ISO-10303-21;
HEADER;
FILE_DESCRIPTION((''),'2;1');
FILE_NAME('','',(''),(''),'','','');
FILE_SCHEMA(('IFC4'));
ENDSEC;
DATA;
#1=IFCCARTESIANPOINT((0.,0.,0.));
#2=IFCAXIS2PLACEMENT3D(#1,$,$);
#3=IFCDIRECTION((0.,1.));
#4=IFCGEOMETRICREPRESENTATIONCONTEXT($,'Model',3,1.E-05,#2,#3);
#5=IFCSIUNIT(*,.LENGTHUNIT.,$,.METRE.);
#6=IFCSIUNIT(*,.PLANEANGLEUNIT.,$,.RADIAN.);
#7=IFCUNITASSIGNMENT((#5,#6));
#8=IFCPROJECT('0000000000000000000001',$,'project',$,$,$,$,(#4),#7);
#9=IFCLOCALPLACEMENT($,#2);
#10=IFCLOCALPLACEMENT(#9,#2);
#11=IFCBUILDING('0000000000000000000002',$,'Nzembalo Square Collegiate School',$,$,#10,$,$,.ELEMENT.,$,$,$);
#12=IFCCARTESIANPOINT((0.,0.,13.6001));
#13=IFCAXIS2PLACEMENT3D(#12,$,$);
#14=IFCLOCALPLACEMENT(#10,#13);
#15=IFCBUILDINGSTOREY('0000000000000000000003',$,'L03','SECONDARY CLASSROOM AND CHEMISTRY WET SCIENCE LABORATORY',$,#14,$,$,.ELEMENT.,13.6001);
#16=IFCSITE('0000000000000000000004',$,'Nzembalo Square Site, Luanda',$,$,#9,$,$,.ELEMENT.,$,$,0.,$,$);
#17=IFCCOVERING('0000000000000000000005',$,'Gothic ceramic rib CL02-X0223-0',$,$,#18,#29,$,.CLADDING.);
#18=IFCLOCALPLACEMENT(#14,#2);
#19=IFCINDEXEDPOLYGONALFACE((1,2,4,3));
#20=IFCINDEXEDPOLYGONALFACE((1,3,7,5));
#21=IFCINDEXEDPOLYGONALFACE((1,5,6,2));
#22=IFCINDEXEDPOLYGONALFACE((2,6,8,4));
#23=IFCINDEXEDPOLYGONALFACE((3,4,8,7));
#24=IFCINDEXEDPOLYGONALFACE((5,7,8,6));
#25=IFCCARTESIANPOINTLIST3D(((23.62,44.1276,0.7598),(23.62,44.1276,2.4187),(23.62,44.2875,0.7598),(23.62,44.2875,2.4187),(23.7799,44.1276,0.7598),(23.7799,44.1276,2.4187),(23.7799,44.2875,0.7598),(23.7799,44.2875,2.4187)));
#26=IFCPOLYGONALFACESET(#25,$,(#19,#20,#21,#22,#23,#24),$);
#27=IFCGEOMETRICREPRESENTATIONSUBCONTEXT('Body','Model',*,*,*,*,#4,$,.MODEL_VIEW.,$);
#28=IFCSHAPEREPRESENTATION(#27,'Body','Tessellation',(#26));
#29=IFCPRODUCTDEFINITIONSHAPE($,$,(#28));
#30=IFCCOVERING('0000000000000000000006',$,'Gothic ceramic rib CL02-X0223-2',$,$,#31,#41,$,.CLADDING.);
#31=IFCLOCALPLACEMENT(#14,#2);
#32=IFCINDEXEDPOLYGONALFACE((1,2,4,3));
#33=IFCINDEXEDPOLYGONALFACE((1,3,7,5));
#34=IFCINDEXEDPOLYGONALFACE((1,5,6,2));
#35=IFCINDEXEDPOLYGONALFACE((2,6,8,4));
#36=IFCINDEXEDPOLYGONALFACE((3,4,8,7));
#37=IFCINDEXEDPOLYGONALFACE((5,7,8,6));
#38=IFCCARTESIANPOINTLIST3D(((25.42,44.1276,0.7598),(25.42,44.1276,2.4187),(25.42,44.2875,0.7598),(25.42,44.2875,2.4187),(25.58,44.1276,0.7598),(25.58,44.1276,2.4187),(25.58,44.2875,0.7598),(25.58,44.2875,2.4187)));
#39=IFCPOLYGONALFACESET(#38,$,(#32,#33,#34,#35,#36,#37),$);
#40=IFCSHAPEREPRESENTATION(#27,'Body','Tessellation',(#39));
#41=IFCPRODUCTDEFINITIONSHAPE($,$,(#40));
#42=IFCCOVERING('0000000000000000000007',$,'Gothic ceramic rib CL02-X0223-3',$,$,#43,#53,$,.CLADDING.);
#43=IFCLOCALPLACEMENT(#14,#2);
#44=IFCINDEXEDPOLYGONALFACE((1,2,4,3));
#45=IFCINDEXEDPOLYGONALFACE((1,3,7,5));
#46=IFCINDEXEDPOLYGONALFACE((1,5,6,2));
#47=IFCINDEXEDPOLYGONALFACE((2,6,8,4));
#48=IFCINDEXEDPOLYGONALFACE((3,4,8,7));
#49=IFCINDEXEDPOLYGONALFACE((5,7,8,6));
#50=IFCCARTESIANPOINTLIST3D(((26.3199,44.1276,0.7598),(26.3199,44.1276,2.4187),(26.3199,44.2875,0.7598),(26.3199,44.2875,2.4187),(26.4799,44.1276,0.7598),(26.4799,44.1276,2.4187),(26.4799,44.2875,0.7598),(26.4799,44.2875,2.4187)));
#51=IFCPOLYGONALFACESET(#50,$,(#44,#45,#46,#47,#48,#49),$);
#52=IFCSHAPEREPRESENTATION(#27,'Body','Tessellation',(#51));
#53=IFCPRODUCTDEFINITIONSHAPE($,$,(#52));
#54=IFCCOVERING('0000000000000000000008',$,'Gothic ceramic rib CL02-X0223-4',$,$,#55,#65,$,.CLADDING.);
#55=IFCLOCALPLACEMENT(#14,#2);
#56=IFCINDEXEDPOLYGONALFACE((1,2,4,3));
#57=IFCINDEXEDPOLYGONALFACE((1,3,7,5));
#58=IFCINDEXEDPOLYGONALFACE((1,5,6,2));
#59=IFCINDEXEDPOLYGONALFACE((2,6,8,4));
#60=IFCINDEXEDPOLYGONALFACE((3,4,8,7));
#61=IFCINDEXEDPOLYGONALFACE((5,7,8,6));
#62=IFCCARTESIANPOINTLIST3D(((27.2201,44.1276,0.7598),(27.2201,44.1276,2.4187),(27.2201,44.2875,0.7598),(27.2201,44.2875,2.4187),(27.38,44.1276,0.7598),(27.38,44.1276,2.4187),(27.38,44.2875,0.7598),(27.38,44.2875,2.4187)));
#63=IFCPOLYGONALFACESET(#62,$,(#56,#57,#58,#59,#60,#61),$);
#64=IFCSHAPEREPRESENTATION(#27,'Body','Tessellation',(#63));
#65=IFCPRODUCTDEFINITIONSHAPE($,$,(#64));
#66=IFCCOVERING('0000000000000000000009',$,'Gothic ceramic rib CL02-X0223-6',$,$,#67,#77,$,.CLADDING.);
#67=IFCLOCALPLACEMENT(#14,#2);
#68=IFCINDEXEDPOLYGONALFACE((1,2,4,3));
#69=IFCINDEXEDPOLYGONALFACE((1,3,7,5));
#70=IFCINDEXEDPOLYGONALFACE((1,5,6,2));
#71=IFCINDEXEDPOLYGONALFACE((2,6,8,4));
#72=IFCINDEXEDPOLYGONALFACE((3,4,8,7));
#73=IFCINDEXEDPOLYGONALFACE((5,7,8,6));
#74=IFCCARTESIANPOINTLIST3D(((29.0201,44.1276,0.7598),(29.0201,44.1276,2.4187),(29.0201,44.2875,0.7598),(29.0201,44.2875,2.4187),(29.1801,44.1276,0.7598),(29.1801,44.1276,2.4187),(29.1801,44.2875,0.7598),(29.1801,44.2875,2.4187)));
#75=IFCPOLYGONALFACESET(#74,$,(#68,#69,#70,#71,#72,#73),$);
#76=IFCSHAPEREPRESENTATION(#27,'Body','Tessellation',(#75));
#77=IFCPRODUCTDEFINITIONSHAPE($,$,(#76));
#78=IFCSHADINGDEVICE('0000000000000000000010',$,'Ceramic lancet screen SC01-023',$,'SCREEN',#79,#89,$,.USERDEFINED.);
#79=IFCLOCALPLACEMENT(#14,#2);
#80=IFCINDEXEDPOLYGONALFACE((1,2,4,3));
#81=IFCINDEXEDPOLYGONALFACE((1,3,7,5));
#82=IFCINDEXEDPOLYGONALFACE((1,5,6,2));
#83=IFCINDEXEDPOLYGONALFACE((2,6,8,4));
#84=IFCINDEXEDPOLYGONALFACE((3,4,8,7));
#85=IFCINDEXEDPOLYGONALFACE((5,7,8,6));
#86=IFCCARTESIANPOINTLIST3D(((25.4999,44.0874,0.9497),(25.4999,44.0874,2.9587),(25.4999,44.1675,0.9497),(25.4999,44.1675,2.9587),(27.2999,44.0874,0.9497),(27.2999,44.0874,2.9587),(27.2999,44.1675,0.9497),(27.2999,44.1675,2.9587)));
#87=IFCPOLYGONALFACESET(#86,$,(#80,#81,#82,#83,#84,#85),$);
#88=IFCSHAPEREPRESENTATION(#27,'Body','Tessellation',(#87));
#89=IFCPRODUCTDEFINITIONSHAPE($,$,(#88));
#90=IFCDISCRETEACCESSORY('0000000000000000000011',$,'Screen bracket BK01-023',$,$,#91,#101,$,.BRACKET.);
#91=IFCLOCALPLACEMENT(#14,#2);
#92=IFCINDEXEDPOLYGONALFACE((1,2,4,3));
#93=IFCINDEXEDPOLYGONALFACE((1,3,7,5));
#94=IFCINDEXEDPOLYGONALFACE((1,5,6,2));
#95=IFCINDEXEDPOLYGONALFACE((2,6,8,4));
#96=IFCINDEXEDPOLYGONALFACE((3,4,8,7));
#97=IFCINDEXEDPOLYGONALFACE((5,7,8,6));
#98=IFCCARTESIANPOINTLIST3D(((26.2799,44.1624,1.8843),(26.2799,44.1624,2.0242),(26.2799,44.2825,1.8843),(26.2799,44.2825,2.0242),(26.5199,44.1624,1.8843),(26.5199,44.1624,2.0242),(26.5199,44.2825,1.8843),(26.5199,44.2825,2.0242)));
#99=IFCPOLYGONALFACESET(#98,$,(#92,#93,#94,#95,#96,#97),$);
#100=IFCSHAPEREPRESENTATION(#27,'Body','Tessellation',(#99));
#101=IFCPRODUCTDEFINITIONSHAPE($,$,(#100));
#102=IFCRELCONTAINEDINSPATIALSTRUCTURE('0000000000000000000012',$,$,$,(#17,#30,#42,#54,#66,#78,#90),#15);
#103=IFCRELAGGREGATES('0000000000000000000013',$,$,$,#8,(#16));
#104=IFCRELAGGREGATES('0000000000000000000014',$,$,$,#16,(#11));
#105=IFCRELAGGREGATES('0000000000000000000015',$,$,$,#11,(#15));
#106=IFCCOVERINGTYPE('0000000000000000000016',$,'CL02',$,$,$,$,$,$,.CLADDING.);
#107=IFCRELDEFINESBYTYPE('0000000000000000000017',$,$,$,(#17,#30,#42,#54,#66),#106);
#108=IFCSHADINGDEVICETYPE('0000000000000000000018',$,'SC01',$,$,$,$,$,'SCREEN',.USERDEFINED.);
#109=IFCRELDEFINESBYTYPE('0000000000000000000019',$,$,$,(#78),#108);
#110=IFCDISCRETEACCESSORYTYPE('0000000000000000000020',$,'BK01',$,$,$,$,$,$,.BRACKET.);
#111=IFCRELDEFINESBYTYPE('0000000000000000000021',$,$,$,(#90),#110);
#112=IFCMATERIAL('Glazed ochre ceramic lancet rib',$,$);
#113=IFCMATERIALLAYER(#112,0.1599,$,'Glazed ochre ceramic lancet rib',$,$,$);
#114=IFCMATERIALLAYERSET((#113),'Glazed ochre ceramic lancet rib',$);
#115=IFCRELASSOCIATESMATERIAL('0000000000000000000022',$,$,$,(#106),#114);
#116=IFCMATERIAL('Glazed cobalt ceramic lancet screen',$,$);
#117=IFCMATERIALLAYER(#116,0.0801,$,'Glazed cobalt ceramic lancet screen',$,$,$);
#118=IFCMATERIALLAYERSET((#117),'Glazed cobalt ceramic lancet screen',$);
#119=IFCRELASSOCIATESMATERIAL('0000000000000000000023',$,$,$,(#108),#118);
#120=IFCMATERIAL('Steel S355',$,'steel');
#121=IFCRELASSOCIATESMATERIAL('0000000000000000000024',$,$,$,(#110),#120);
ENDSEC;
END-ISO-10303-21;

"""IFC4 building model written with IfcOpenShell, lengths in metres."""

from ifc_helpers import new_model, si_unit, direction, frame, origin, origin_2d, place, context, subcontext, project, spatial, rectangle, extrude, material, layer, layer_set, type_object, element, save


model = new_model("IFC4")

# Units and contexts
model_context = context("Model", 3, precision=1e-05, world=origin(), true_north=direction((0.0, 1.0)))
body_context = subcontext(model_context, "Body", "Model", "MODEL_VIEW")
ifc_project = project(units=[si_unit("LENGTHUNIT", "METRE"), si_unit("PLANEANGLEUNIT", "RADIAN")], contexts=[model_context])

# Site, building, storey
site_placement = place(None, origin())
site = spatial("IfcSite", under=ifc_project, at=site_placement, Name="Nzembalo Square Site, Luanda", CompositionType="ELEMENT", RefElevation=0.0)
building_placement = place(site_placement, origin())
building = spatial("IfcBuilding", under=site, at=building_placement, Name="Nzembalo Square Collegiate School", CompositionType="ELEMENT")
storey_placement = place(building_placement, frame((0.0, 0.0, 13.6001)))
storey = spatial("IfcBuildingStorey", under=building, at=storey_placement, Name="L03", Description="SECONDARY CLASSROOM AND CHEMISTRY WET SCIENCE LABORATORY", CompositionType="ELEMENT", Elevation=13.6001)

# Coverings
ifc_material_1 = material(Name="Glazed ochre ceramic lancet rib")
ifc_layer_1 = layer(ifc_material_1, 0.1599, Name="Glazed ochre ceramic lancet rib")
ifc_layer_set_1 = layer_set([ifc_layer_1], Name="Glazed ochre ceramic lancet rib")
covering_type_1 = type_object("IfcCoveringType", Name="CL02", PredefinedType="CLADDING", material=ifc_layer_set_1)
for number, where, z_axis, x_axis, name in (
    (1, (23.7, 44.2075, 0.7598), (0.0, 0.0, 1.0), (1.0, 0.0, 0.0), "Gothic ceramic rib CL02-X0223-0"),
    (2, (25.5, 44.2075, 0.7598), (0.0, 0.0, 1.0), (1.0, 0.0, 0.0), "Gothic ceramic rib CL02-X0223-2"),
    (3, (26.3999, 44.2075, 0.7598), (0.0, 0.0, 1.0), (1.0, 0.0, 0.0), "Gothic ceramic rib CL02-X0223-3"),
    (4, (27.3, 44.2075, 0.7598), (0.0, 0.0, 1.0), (1.0, 0.0, 0.0), "Gothic ceramic rib CL02-X0223-4"),
    (5, (29.1001, 44.2075, 0.7598), (0.0, 0.0, 1.0), (1.0, 0.0, 0.0), "Gothic ceramic rib CL02-X0223-6"),
):
    element("IfcCovering", number, at=place(storey_placement, frame(where, z_axis=z_axis, x_axis=x_axis)), inside=storey, type_object=covering_type_1, Name=name, PredefinedType="CLADDING", context=body_context, shape_type="SweptSolid", body=[
        extrude(rectangle(XDim=0.1599, YDim=0.1599, at=origin_2d()), origin(), (0.0, 0.0, 1.0), 1.6589),
    ])

# Shading device
ifc_material_2 = material(Name="Glazed cobalt ceramic lancet screen")
ifc_layer_2 = layer(ifc_material_2, 0.0801, Name="Glazed cobalt ceramic lancet screen")
ifc_layer_set_2 = layer_set([ifc_layer_2], Name="Glazed cobalt ceramic lancet screen")
shading_device_type = type_object("IfcShadingDeviceType", Name="SC01", ElementType="SCREEN", PredefinedType="USERDEFINED", material=ifc_layer_set_2)
shading_device_placement = place(storey_placement, frame((26.3999, 44.1274, 0.9497), z_axis=(0.0, 0.0, 1.0), x_axis=(1.0, 0.0, 0.0)))
element("IfcShadingDevice", 6, at=shading_device_placement, inside=storey, type_object=shading_device_type, Name="Ceramic lancet screen SC01-023", ObjectType="SCREEN", PredefinedType="USERDEFINED", context=body_context, shape_type="SweptSolid", body=[
    extrude(rectangle(XDim=1.8, YDim=0.0801, at=origin_2d()), origin(), (0.0, 0.0, 1.0), 2.009),
])

# Discrete accessory
ifc_material_3 = material(Name="Steel S355", Category="steel")
discrete_accessory_type = type_object("IfcDiscreteAccessoryType", Name="BK01", PredefinedType="BRACKET", material=ifc_material_3)
discrete_accessory_placement = place(storey_placement, frame((26.3999, 44.2224, 1.8843), z_axis=(0.0, 0.0, 1.0), x_axis=(1.0, 0.0, 0.0)))
element("IfcDiscreteAccessory", 7, at=discrete_accessory_placement, inside=storey, type_object=discrete_accessory_type, Name="Screen bracket BK01-023", PredefinedType="BRACKET", context=body_context, shape_type="SweptSolid", body=[
    extrude(rectangle(XDim=0.24, YDim=0.1201, at=origin_2d()), origin(), (0.0, 0.0, 1.0), 0.1399),
])

save(model, "model.ifc")
